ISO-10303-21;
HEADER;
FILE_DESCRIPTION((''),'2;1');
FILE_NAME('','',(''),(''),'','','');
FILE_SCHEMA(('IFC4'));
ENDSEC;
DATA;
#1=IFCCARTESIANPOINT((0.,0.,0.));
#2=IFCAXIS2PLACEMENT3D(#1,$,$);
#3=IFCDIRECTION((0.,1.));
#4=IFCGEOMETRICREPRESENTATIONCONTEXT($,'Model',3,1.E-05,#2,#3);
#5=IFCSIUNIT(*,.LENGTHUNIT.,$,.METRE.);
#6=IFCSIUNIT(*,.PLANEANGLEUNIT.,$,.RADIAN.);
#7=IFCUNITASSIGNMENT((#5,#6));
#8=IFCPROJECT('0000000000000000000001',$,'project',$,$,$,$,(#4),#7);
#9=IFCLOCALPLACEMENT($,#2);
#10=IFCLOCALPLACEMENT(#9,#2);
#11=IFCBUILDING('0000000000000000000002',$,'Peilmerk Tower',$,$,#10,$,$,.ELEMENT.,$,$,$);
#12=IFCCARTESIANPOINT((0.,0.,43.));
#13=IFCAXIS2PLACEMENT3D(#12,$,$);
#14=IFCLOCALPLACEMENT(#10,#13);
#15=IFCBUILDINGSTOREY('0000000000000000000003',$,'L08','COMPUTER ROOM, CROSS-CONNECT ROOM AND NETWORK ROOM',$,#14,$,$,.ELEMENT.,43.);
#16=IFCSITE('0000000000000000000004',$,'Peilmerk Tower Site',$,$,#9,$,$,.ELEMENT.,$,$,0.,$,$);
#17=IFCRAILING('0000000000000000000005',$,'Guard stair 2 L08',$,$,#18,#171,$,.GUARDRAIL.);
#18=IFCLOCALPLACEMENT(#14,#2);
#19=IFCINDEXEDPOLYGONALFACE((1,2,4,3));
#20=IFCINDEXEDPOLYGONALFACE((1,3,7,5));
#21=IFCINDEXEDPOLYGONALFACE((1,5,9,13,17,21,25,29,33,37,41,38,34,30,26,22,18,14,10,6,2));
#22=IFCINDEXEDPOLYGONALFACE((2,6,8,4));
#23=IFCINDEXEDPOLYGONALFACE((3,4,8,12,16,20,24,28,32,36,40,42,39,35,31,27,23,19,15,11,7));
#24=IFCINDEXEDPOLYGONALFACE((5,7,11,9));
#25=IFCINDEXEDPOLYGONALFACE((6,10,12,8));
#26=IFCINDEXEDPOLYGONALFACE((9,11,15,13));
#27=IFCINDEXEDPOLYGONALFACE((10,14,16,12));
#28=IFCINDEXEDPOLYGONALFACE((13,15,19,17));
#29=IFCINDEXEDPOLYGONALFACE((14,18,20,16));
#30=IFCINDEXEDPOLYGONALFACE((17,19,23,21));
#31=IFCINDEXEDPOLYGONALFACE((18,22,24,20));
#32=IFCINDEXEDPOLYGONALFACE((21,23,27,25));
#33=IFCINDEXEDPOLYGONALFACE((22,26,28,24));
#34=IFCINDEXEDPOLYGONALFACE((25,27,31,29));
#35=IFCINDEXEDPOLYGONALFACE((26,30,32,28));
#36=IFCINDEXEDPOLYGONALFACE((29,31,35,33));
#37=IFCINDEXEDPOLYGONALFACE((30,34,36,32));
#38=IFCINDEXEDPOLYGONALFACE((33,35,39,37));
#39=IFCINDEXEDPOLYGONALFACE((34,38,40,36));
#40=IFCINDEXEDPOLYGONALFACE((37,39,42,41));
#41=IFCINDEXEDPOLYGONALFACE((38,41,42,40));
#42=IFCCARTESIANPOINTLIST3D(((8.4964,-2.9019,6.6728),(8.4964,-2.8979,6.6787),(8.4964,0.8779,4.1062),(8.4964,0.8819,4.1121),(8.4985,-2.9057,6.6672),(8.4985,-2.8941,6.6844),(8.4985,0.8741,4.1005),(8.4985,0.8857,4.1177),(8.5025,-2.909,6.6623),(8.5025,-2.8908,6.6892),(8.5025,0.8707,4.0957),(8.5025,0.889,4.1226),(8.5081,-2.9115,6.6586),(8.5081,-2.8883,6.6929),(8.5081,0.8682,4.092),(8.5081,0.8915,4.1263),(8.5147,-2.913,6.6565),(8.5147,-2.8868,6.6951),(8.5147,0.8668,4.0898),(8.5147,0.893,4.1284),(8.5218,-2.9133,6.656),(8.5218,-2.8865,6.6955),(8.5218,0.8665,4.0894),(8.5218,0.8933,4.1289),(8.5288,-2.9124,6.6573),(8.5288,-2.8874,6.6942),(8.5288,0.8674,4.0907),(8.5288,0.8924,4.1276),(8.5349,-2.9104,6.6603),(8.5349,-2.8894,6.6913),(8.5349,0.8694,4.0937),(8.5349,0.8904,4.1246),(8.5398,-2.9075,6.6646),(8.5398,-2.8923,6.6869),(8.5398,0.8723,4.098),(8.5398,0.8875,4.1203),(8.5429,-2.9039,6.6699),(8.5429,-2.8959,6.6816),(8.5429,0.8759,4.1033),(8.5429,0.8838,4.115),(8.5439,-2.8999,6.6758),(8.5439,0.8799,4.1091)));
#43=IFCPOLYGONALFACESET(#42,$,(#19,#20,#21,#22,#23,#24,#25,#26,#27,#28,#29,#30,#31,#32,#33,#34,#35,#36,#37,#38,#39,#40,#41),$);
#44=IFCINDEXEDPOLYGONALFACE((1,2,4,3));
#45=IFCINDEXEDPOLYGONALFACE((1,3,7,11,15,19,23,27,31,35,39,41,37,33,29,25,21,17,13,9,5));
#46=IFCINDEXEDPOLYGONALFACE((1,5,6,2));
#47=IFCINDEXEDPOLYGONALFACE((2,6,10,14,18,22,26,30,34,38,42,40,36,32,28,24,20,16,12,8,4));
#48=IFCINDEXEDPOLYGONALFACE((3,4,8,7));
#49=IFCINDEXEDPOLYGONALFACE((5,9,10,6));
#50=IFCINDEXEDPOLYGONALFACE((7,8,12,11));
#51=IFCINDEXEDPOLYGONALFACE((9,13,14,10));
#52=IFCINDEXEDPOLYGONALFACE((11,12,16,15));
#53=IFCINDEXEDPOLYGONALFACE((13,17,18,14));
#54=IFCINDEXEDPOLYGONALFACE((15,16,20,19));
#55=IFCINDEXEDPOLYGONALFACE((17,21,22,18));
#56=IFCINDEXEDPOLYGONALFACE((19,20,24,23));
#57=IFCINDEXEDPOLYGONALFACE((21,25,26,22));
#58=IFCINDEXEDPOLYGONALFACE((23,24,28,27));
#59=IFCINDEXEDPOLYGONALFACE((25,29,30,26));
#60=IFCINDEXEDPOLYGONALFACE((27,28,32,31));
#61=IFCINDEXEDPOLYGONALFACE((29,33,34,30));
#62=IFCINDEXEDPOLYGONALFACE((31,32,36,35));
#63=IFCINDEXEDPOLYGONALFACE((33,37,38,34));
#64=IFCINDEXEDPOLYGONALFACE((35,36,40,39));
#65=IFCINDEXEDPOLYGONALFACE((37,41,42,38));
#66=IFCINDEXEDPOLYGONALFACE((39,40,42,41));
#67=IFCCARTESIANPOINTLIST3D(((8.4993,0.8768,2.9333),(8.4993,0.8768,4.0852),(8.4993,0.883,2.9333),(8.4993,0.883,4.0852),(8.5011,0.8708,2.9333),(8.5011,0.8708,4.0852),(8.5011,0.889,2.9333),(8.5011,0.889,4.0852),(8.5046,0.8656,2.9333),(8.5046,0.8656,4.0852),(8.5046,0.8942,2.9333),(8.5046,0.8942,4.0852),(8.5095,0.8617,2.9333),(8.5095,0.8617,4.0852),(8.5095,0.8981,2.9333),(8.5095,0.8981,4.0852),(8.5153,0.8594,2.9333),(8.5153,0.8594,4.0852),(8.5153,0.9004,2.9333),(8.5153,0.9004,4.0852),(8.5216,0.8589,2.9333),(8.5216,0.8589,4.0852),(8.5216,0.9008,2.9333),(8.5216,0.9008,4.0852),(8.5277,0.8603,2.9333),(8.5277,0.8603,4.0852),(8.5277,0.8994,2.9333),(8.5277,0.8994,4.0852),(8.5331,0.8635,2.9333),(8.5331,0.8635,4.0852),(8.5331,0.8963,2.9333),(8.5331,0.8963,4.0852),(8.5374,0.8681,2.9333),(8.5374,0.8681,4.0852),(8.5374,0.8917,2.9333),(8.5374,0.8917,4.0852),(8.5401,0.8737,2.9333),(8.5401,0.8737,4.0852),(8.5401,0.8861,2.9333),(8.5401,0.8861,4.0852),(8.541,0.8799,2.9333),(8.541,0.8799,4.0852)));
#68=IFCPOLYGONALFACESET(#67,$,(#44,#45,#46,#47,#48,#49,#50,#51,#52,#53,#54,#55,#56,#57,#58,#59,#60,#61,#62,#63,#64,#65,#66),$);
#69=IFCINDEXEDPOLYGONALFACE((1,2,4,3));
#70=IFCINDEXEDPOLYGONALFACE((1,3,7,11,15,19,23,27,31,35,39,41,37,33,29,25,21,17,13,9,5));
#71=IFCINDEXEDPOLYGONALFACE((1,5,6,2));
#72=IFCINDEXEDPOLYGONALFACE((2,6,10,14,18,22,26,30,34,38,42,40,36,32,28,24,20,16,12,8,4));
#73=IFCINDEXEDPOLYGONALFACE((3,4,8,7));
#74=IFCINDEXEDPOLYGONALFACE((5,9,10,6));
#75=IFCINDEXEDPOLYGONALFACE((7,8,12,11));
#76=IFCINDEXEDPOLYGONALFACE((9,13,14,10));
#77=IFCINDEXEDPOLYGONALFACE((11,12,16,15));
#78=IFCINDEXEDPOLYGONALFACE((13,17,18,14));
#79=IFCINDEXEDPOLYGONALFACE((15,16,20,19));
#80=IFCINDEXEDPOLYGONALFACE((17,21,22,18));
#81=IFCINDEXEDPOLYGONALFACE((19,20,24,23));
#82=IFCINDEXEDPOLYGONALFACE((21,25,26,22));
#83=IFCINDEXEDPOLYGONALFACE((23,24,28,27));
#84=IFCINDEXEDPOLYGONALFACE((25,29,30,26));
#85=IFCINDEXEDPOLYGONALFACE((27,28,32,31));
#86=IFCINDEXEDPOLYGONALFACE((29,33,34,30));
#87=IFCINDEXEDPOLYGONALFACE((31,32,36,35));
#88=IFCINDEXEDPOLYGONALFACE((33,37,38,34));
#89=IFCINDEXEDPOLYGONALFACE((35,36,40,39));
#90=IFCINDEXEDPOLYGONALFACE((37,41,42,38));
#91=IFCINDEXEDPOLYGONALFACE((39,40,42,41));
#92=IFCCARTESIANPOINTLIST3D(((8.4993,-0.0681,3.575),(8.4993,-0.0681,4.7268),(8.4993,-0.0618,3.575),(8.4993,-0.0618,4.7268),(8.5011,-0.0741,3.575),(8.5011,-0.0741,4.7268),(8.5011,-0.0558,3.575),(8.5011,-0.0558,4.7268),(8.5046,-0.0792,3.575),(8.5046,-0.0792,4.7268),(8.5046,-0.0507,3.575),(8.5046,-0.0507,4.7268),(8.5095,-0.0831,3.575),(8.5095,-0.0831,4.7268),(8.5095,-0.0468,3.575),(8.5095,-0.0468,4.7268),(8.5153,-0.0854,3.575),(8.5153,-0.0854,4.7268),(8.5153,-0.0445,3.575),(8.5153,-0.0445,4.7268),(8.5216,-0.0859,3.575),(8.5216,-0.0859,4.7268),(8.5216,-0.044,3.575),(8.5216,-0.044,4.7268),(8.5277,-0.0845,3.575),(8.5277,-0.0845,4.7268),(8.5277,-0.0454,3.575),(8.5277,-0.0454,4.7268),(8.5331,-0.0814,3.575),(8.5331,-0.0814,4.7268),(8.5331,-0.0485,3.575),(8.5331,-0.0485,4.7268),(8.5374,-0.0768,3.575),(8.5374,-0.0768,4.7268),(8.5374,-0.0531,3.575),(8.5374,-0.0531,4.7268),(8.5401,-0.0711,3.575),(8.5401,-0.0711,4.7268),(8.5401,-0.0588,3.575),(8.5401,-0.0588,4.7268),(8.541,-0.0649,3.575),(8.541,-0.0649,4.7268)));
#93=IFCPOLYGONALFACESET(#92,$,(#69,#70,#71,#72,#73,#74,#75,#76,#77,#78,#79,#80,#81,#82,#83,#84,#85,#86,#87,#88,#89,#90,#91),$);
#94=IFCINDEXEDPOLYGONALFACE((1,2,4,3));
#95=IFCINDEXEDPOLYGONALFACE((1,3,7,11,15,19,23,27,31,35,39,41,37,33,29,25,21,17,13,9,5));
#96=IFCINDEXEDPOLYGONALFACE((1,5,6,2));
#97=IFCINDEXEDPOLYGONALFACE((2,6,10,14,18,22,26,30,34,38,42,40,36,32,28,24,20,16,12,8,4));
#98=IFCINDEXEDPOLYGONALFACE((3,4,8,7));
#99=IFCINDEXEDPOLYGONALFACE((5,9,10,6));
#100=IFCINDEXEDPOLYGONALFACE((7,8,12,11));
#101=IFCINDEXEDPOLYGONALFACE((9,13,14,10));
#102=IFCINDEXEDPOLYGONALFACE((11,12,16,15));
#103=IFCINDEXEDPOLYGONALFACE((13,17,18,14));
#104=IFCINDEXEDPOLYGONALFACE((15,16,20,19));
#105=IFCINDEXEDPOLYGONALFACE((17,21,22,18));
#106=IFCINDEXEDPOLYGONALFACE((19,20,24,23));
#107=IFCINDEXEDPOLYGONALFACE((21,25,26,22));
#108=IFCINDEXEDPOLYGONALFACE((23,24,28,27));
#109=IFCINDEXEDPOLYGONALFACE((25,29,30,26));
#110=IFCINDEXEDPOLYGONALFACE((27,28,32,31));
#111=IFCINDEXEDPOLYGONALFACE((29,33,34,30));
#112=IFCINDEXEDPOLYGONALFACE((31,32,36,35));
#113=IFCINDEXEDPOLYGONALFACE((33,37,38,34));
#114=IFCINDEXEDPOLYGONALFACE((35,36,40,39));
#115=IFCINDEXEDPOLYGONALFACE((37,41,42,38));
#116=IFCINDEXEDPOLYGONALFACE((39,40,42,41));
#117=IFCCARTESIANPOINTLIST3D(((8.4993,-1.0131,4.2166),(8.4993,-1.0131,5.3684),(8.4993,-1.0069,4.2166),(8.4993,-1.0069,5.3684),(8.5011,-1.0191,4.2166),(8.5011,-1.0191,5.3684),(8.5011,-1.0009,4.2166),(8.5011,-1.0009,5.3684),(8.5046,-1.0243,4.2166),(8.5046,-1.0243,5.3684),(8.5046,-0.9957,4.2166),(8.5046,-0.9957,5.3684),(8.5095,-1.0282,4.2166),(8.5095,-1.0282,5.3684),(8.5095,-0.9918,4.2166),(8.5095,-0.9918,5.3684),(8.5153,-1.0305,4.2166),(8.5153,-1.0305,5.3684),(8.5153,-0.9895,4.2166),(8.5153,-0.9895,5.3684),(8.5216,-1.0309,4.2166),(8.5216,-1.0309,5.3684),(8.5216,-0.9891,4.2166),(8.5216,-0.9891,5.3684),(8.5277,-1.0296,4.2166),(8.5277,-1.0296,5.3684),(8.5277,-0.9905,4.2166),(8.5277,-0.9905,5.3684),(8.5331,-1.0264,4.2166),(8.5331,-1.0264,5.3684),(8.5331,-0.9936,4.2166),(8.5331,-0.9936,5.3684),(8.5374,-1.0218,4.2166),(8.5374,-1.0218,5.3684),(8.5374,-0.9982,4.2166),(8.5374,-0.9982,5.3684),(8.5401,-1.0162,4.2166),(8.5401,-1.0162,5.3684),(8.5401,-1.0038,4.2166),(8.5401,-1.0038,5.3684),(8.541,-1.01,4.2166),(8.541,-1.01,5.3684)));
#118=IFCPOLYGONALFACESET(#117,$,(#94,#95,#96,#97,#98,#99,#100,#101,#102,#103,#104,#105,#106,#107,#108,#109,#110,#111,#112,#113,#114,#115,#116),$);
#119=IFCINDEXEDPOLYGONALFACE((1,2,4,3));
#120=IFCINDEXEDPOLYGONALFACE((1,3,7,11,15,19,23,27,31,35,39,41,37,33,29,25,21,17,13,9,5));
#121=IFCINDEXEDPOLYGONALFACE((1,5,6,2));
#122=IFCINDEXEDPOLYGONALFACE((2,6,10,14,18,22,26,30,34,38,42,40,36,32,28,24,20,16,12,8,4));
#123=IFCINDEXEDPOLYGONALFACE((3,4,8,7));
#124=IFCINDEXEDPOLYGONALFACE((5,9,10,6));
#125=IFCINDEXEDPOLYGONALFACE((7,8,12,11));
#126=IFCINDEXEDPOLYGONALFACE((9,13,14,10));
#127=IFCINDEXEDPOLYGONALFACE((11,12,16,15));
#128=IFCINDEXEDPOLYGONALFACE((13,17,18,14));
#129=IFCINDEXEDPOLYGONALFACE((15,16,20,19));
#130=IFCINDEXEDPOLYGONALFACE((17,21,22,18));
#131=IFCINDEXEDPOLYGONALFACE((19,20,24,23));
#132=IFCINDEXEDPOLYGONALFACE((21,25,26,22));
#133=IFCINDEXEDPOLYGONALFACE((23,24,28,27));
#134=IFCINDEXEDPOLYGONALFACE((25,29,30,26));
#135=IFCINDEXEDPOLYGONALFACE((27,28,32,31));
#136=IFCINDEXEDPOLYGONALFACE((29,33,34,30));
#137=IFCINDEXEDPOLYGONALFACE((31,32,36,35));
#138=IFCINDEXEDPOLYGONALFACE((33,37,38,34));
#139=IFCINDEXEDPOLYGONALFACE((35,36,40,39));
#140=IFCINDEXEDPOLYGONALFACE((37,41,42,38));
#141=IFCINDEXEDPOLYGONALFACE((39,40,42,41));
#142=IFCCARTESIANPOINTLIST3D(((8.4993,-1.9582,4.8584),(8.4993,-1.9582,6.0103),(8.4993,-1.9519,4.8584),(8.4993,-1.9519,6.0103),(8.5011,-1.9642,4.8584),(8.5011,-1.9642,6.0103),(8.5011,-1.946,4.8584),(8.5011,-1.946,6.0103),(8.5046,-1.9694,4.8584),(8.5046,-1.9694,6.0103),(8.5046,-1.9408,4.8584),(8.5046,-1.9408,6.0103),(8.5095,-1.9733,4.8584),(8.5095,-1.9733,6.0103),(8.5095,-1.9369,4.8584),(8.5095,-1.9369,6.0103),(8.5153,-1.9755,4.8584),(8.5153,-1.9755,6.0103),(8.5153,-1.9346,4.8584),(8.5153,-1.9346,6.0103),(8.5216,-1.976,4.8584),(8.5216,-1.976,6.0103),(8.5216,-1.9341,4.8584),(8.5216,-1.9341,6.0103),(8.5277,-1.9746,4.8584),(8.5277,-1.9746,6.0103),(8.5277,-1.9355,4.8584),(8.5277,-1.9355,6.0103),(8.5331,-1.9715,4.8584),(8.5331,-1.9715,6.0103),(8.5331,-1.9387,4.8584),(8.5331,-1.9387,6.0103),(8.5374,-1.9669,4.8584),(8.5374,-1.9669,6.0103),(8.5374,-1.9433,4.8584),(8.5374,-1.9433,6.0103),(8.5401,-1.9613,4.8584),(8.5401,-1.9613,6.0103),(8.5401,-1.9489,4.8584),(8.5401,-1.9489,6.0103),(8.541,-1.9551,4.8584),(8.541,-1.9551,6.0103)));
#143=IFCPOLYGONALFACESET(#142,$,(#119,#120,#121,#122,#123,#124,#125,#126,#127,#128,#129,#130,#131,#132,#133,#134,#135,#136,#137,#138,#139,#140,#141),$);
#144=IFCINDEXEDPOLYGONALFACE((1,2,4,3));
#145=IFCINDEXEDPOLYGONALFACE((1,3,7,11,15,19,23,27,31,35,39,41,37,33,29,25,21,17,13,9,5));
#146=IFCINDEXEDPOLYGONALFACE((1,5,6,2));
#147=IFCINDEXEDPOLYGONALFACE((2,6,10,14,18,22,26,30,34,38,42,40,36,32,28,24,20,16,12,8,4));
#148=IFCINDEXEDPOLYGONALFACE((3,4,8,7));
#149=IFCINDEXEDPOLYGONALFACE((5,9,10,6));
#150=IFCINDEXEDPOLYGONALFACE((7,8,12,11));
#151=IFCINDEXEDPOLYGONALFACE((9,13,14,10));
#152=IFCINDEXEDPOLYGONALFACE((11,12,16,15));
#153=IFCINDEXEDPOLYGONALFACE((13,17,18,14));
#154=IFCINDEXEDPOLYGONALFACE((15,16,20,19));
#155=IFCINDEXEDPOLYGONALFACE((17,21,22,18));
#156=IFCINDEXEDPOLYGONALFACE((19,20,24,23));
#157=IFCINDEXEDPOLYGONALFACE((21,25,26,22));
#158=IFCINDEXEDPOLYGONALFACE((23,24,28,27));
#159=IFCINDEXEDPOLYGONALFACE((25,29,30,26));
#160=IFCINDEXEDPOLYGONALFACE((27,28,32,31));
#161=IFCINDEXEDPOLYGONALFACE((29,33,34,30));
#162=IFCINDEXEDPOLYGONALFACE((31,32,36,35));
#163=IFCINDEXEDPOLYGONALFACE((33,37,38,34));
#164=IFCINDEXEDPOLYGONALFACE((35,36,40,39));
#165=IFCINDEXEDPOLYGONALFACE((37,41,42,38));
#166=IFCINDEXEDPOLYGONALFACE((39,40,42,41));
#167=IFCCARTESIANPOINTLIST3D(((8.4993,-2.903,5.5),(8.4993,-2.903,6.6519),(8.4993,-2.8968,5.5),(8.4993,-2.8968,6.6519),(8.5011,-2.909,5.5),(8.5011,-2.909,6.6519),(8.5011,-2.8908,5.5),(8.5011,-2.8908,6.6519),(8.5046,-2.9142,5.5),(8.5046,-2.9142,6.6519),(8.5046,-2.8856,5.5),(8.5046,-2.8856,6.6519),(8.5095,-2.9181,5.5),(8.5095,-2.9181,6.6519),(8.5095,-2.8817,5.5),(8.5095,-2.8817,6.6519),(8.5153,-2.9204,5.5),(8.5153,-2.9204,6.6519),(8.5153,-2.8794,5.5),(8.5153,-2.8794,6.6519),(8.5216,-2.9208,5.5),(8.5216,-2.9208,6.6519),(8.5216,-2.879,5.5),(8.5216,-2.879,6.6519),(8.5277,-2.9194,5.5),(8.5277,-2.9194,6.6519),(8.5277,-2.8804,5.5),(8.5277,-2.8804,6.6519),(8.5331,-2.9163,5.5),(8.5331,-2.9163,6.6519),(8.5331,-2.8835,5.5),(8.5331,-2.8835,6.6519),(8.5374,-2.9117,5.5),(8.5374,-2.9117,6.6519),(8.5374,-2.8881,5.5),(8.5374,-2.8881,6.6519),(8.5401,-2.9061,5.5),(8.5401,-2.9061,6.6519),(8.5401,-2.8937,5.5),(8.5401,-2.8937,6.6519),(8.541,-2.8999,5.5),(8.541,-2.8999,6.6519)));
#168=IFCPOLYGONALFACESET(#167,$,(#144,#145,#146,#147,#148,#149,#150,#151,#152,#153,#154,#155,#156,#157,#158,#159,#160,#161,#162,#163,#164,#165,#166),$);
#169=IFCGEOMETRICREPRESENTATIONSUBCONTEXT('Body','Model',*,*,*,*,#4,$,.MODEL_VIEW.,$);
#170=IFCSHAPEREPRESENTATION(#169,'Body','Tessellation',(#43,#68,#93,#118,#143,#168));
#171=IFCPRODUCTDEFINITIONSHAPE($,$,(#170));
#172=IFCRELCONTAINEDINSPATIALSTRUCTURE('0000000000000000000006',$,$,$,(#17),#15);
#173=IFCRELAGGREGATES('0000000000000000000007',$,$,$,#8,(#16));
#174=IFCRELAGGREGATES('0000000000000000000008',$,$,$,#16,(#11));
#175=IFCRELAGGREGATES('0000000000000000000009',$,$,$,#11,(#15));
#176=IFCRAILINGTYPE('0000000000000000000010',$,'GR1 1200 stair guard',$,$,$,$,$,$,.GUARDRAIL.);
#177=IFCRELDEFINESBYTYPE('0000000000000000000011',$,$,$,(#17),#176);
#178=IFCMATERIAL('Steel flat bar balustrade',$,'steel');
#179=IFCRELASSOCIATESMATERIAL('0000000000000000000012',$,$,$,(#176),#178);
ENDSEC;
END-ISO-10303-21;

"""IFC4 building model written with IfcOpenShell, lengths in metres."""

from ifc_helpers import new_model, si_unit, direction, frame, origin, origin_2d, place, context, subcontext, project, spatial, circle, extrude, material, type_object, element, save


model = new_model("IFC4")

# Units and contexts
model_context = context("Model", 3, precision=1e-05, world=origin(), true_north=direction((0.0, 1.0)))
body_context = subcontext(model_context, "Body", "Model", "MODEL_VIEW")
ifc_project = project(units=[si_unit("LENGTHUNIT", "METRE"), si_unit("PLANEANGLEUNIT", "RADIAN")], contexts=[model_context])

# Site, building, storey
site_placement = place(None, origin())
site = spatial("IfcSite", under=ifc_project, at=site_placement, Name="Peilmerk Tower Site", CompositionType="ELEMENT", RefElevation=0.0)
building_placement = place(site_placement, origin())
building = spatial("IfcBuilding", under=site, at=building_placement, Name="Peilmerk Tower", CompositionType="ELEMENT")
storey_placement = place(building_placement, frame((0.0, 0.0, 43.0)))
storey = spatial("IfcBuildingStorey", under=building, at=storey_placement, Name="L08", Description="COMPUTER ROOM, CROSS-CONNECT ROOM AND NETWORK ROOM", CompositionType="ELEMENT", Elevation=43.0)

# Railing
ifc_material_1 = material(Name="Steel flat bar balustrade", Category="steel")
railing_type_1 = type_object("IfcRailingType", Name="GR1 1200 stair guard", PredefinedType="GUARDRAIL", material=ifc_material_1)
railing_1_placement = place(storey_placement, frame((8.52, 0.8799, 2.9333)))
element("IfcRailing", 1, at=railing_1_placement, inside=storey, type_object=railing_type_1, Name="Guard stair 2 L08", PredefinedType="GUARDRAIL", context=body_context, shape_type="SweptSolid", body=[
    extrude(circle(Radius=0.0239, at=origin_2d()), frame((0.0, 0.0, 1.1758), z_axis=(0.0, -0.827293, 0.561771), x_axis=(1.0, 0.0, 0.0)), (0.0, 0.0, 1.0), 4.5688),
    extrude(circle(Radius=0.021, at=origin_2d()), origin(), (0.0, 0.0, 1.0), 1.1519),
    extrude(circle(Radius=0.021, at=origin_2d()), frame((0.0, -0.9448, 0.6416)), (0.0, 0.0, 1.0), 1.1519),
    extrude(circle(Radius=0.021, at=origin_2d()), frame((0.0, -1.8899, 1.2832)), (0.0, 0.0, 1.0), 1.1519),
    extrude(circle(Radius=0.021, at=origin_2d()), frame((0.0, -2.835, 1.925)), (0.0, 0.0, 1.0), 1.1519),
    extrude(circle(Radius=0.021, at=origin_2d()), frame((0.0, -3.7798, 2.5667)), (0.0, 0.0, 1.0), 1.1519),
])

save(model, "model.ifc")
